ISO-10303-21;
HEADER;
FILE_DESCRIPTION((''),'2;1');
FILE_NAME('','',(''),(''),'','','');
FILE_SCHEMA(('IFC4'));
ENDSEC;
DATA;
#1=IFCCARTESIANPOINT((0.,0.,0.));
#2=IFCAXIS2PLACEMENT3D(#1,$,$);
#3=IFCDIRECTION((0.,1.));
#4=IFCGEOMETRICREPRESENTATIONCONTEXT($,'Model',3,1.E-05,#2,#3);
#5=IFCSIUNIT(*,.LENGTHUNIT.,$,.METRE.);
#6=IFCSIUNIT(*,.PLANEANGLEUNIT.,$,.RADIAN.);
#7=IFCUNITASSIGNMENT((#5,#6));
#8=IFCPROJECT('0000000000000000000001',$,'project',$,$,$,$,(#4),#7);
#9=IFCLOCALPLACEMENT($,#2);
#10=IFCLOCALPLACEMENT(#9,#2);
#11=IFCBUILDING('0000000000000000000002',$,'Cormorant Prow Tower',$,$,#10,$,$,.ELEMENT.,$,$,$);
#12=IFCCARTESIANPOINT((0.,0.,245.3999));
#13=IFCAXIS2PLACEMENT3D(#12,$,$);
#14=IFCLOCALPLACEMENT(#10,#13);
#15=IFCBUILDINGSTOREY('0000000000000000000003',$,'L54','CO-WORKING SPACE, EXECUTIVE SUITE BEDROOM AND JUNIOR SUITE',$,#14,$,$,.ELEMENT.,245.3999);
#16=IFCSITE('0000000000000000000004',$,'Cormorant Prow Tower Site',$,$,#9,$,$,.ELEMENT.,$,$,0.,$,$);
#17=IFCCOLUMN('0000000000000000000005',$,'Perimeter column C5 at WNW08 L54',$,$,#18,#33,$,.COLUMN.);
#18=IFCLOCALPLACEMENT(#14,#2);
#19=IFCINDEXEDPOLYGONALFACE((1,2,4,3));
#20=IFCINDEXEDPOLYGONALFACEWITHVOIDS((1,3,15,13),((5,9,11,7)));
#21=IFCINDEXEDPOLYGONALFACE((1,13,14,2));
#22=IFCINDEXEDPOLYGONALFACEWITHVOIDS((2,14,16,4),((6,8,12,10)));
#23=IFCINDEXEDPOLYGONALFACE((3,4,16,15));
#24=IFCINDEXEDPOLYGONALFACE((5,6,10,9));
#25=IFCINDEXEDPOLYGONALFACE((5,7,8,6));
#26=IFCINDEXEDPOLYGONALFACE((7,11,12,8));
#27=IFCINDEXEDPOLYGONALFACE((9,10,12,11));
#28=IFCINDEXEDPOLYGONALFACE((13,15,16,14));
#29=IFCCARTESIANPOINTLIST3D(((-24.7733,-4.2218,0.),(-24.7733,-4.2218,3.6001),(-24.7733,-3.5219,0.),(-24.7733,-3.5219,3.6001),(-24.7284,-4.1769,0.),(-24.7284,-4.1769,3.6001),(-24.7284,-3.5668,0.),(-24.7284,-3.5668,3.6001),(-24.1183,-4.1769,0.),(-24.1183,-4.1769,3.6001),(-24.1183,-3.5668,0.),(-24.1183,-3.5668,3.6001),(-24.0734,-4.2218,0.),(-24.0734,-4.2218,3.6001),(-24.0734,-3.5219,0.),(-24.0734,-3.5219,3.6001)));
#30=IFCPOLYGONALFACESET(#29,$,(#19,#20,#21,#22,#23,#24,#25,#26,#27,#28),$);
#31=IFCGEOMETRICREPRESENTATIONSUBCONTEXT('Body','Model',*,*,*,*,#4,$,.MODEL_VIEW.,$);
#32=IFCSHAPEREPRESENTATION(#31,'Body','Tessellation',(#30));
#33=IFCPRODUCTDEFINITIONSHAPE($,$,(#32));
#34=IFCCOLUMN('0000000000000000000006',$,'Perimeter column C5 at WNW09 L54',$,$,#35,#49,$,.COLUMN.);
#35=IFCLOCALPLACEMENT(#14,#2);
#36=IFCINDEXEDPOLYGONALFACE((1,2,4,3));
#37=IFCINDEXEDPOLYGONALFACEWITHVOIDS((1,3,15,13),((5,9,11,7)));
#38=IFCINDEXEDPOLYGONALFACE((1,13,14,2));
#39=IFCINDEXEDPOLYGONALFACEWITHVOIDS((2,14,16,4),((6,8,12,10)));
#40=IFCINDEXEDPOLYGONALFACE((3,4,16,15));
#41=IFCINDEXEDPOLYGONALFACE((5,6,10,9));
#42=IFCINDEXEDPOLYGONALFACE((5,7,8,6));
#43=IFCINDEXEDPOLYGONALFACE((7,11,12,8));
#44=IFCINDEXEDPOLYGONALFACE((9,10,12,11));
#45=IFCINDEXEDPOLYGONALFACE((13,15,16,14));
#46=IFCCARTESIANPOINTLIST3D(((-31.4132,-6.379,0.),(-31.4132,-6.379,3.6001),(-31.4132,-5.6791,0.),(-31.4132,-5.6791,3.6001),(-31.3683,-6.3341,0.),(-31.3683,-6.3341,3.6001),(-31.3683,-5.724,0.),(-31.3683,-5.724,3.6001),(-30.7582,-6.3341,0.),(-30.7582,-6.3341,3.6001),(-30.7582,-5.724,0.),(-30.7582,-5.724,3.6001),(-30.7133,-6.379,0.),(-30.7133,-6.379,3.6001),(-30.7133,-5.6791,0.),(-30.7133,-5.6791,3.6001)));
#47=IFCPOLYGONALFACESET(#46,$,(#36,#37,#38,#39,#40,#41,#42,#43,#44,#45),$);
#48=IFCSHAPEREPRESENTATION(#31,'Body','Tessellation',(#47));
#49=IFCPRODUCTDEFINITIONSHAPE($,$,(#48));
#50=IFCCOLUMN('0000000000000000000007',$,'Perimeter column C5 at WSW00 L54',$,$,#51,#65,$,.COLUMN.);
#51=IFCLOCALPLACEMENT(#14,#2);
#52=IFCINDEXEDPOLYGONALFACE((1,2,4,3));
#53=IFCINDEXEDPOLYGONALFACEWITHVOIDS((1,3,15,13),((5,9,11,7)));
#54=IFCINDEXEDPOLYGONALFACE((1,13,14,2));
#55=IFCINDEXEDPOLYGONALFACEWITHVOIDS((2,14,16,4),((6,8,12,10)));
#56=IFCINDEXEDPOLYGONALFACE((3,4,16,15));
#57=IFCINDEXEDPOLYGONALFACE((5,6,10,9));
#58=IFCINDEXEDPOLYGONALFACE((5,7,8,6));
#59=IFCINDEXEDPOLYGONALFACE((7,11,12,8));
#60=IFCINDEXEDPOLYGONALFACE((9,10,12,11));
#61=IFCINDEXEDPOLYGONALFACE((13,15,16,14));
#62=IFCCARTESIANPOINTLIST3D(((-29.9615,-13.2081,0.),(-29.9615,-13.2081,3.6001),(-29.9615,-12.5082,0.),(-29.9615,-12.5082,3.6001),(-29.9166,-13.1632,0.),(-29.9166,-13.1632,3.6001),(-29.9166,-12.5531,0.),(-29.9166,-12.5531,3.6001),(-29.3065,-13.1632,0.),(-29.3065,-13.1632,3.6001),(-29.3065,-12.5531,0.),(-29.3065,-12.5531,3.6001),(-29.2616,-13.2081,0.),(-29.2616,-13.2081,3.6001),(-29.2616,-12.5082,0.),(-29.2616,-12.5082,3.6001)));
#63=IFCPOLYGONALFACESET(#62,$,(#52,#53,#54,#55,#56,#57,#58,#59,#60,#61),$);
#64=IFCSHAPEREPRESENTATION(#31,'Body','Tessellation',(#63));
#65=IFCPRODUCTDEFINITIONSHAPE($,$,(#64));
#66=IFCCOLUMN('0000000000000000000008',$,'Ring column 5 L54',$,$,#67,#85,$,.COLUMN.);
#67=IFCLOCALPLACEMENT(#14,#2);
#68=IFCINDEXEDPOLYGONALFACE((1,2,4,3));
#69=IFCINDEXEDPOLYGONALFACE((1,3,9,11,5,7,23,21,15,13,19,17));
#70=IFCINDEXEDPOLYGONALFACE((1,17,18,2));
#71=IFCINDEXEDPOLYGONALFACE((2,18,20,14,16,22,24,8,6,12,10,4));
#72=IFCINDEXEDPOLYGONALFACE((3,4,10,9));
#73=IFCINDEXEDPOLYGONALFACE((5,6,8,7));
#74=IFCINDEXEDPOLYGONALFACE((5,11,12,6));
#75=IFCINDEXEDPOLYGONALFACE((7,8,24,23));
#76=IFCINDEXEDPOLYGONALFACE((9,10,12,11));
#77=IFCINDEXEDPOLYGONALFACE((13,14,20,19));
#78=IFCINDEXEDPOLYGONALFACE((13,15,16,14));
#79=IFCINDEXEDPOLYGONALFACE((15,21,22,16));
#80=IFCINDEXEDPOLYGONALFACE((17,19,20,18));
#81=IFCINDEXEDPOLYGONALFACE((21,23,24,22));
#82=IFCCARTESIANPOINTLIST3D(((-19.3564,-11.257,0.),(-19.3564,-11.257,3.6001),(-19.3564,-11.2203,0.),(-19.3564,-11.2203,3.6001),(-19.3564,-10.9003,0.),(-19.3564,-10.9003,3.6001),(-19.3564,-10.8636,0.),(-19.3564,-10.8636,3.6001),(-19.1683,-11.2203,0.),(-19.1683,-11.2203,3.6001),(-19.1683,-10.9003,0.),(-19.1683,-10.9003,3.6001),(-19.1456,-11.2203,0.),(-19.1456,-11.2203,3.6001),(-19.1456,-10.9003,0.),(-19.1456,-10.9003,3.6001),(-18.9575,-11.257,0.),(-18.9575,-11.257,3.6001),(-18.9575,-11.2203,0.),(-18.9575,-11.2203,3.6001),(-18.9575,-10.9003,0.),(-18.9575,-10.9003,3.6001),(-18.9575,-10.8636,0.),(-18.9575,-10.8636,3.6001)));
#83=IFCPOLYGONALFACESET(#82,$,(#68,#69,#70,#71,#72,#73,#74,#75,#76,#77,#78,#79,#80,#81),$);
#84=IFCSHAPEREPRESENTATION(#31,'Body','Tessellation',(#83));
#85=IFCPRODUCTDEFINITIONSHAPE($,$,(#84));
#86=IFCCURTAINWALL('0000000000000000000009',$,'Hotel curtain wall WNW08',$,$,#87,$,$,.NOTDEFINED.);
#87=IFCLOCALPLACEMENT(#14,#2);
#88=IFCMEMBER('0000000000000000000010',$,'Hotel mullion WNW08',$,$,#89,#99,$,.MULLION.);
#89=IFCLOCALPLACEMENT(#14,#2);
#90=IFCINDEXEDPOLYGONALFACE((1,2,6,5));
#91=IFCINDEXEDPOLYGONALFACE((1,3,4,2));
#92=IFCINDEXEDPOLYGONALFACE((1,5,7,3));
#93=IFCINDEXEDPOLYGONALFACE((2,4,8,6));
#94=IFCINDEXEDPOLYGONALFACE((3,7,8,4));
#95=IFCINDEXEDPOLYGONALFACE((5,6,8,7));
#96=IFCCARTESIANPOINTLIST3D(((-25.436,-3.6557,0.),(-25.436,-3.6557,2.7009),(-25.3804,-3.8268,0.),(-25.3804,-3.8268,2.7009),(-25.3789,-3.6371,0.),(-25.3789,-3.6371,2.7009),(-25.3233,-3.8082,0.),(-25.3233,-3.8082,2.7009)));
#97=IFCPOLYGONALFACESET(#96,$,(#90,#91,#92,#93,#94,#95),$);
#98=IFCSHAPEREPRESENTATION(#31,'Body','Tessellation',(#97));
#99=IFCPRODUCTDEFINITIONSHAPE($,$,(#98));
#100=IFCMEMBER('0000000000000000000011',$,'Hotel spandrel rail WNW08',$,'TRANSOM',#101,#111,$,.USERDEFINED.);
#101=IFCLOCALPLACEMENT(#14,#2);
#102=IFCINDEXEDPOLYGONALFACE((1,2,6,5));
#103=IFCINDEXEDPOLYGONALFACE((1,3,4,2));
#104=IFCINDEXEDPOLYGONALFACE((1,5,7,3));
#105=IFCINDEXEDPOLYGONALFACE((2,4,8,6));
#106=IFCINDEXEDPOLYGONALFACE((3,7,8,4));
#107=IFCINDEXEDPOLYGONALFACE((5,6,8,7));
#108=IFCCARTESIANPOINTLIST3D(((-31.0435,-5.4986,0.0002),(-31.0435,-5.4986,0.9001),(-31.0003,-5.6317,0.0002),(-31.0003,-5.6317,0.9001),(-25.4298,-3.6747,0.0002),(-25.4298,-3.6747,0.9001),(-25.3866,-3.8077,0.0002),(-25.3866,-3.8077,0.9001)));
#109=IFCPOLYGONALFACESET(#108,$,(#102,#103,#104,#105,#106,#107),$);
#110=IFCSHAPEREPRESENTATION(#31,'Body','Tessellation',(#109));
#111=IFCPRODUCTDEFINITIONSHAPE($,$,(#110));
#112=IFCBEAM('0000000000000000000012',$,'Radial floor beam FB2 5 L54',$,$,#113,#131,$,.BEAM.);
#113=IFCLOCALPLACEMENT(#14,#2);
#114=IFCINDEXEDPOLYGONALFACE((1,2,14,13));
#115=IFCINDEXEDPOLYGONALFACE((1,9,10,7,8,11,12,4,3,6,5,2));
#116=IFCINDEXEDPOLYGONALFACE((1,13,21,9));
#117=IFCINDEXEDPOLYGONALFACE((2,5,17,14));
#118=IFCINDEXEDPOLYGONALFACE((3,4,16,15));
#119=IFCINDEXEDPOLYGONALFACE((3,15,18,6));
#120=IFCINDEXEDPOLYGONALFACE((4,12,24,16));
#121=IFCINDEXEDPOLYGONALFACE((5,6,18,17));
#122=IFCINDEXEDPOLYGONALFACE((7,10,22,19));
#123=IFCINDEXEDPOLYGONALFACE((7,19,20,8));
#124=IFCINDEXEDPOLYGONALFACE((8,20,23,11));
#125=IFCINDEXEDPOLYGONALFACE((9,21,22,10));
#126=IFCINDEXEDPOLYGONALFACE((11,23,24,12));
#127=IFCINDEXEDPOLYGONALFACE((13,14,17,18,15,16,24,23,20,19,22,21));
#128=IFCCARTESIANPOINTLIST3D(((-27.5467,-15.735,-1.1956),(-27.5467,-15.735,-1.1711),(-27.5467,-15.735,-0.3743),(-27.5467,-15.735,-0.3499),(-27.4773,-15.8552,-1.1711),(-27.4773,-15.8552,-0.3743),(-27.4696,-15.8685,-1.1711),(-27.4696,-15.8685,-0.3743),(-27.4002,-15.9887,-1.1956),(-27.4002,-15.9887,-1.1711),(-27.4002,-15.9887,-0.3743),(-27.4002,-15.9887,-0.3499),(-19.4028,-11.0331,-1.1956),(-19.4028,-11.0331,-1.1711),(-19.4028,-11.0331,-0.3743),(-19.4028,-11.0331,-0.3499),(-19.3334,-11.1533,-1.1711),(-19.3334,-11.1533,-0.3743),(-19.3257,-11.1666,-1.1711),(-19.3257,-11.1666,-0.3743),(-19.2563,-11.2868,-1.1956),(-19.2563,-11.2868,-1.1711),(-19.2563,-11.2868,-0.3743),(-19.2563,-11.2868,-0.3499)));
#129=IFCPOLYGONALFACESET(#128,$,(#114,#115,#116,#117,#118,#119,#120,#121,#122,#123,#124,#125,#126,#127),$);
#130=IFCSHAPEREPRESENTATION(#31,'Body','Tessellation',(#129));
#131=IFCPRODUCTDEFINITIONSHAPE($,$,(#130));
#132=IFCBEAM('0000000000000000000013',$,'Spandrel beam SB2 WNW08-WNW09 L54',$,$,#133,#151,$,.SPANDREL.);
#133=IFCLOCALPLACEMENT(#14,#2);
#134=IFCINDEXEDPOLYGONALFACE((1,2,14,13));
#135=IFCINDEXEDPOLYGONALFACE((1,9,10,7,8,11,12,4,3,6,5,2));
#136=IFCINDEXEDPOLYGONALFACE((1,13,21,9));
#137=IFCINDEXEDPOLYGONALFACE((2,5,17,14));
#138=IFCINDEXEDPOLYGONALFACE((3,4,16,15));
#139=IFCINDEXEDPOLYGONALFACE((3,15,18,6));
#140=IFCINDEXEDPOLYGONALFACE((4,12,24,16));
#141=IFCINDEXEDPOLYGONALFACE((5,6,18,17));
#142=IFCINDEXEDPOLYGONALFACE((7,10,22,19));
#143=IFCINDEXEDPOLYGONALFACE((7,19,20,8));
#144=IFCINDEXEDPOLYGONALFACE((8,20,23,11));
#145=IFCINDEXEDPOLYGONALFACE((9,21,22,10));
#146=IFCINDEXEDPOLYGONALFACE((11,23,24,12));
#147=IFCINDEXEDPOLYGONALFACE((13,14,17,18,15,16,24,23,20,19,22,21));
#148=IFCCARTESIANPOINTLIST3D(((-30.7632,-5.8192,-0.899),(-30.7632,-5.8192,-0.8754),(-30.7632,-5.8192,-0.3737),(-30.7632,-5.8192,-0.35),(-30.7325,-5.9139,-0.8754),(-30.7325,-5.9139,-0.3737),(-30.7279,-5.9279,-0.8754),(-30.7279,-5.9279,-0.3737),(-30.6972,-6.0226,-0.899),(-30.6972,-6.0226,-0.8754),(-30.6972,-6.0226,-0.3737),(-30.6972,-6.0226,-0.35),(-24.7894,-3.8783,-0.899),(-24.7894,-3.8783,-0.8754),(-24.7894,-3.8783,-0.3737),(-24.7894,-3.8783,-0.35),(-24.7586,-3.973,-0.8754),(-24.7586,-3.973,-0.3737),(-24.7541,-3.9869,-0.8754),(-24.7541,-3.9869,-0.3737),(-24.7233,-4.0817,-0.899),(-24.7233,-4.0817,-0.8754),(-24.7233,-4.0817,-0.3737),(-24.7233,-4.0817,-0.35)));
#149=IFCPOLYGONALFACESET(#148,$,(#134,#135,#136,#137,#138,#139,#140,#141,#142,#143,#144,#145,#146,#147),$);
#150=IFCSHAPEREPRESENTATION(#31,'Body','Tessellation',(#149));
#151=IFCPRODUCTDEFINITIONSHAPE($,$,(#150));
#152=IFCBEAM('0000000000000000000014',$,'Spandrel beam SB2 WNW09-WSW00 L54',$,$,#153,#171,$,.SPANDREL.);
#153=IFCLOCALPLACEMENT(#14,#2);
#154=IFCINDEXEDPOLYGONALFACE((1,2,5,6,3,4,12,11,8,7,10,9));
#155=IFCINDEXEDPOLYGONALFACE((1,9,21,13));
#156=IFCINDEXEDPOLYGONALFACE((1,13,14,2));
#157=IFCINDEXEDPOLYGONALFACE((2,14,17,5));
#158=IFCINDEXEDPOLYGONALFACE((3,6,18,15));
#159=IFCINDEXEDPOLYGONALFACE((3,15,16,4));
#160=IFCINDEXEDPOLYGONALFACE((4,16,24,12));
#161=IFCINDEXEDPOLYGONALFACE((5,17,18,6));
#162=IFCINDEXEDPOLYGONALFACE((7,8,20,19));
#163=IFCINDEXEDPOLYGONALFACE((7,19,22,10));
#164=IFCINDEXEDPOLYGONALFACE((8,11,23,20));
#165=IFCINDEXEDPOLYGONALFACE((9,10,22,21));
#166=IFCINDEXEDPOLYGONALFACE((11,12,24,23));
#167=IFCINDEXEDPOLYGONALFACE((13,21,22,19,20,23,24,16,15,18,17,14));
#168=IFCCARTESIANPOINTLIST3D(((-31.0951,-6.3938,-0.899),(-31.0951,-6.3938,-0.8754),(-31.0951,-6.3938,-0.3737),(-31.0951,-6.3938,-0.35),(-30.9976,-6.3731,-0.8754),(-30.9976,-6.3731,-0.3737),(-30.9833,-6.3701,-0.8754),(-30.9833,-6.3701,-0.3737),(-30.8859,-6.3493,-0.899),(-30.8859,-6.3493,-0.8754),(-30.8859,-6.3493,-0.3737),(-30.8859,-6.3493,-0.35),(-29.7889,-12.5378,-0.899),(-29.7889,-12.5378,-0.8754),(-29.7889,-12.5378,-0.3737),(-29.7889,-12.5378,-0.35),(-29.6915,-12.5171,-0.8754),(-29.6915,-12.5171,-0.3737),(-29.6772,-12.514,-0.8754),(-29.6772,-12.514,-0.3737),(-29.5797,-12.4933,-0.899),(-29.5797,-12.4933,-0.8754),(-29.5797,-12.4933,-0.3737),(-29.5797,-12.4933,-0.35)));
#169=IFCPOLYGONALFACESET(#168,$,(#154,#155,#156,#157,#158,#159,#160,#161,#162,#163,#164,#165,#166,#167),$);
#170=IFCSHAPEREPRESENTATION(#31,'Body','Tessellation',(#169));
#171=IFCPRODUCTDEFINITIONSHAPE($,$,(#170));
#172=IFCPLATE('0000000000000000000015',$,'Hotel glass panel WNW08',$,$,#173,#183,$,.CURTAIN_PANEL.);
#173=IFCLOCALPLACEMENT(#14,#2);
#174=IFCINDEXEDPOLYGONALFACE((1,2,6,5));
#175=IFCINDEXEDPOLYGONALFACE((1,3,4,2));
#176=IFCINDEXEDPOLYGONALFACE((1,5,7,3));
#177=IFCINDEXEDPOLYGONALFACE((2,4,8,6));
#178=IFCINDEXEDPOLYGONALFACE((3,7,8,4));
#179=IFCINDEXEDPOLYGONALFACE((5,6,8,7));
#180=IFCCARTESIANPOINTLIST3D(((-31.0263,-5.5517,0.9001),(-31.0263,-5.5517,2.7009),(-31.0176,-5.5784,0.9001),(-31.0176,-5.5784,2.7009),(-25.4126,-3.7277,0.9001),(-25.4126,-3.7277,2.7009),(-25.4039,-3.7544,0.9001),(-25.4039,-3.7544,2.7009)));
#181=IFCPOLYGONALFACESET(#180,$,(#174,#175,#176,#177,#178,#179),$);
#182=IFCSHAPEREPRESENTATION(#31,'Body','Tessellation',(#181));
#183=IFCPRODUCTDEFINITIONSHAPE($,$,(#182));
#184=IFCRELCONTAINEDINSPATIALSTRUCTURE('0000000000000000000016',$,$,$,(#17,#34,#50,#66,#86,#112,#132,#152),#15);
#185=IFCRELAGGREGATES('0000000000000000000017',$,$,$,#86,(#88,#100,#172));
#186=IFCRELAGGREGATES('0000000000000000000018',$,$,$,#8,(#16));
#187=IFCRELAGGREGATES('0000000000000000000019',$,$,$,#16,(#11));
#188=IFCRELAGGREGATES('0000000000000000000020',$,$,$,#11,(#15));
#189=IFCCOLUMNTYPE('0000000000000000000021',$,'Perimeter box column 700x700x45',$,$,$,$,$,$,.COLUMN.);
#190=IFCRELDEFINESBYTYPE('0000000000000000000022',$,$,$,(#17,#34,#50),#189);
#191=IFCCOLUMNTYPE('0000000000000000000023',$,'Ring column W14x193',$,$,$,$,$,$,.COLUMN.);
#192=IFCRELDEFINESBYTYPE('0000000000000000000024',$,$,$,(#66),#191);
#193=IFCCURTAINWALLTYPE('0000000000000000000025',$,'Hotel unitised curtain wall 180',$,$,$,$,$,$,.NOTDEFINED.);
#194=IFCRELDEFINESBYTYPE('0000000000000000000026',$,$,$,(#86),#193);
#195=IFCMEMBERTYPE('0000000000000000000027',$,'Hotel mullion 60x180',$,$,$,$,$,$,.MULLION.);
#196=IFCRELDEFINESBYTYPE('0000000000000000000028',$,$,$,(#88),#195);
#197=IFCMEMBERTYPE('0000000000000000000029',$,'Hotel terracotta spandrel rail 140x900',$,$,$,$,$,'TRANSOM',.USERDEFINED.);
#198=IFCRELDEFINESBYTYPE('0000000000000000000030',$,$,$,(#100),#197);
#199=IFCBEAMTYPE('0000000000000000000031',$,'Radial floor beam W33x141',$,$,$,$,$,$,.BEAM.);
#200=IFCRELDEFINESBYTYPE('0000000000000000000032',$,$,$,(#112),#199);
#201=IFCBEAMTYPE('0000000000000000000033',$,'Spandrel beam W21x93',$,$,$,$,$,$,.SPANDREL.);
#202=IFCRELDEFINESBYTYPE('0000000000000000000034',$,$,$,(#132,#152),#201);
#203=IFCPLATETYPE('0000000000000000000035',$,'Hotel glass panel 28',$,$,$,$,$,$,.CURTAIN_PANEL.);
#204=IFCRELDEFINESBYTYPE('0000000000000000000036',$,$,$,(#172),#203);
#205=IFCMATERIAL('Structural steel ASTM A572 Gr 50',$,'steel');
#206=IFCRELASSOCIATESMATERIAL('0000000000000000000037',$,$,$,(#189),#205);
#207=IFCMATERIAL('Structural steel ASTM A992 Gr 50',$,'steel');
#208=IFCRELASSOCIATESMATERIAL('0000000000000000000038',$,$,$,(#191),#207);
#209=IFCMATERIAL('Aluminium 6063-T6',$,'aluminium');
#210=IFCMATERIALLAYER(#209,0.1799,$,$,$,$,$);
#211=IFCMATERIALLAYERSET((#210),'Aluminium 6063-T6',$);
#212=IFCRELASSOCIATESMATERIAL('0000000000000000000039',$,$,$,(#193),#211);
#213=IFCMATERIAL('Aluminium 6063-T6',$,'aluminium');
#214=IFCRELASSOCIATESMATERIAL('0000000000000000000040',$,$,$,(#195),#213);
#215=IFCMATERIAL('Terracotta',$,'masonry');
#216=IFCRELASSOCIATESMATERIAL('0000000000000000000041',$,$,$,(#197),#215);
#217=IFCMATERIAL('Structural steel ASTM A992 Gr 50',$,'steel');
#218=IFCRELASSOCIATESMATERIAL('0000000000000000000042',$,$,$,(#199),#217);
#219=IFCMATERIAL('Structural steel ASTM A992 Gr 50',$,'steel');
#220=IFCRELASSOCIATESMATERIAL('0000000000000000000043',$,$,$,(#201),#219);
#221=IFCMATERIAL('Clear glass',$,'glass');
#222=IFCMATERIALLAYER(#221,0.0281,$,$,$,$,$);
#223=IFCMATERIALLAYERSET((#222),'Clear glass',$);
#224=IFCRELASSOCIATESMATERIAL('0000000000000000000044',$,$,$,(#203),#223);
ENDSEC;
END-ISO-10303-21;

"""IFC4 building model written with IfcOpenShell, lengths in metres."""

from ifc_helpers import new_model, si_unit, direction, frame, origin, origin_2d, place, context, subcontext, project, spatial, rectangle, hollow_rectangle, i_section, extrude, material, layer, layer_set, material_profile, profile_set, type_object, element, aggregate, save


model = new_model("IFC4")

# Units and contexts
model_context = context("Model", 3, precision=1e-05, world=origin(), true_north=direction((0.0, 1.0)))
body_context = subcontext(model_context, "Body", "Model", "MODEL_VIEW")
ifc_project = project(units=[si_unit("LENGTHUNIT", "METRE"), si_unit("PLANEANGLEUNIT", "RADIAN")], contexts=[model_context])

# Site, building, storey
site_placement = place(None, origin())
site = spatial("IfcSite", under=ifc_project, at=site_placement, Name="Cormorant Prow Tower Site", CompositionType="ELEMENT", RefElevation=0.0)
building_placement = place(site_placement, origin())
building = spatial("IfcBuilding", under=site, at=building_placement, Name="Cormorant Prow Tower", CompositionType="ELEMENT")
storey_placement = place(building_placement, frame((0.0, 0.0, 245.3999)))
storey = spatial("IfcBuildingStorey", under=building, at=storey_placement, Name="L54", Description="CO-WORKING SPACE, EXECUTIVE SUITE BEDROOM AND JUNIOR SUITE", CompositionType="ELEMENT", Elevation=245.3999)

# Columns
ifc_material_1 = material(Name="Structural steel ASTM A572 Gr 50", Category="steel")
ifc_material_profile_1 = material_profile(ifc_material_1, hollow_rectangle(XDim=0.7, YDim=0.7, WallThickness=0.0449, at=origin_2d()), Name="Box 700x700x45")
ifc_profile_set_1 = profile_set([ifc_material_profile_1], Name="Structural steel ASTM A572 Gr 50")
column_type_1 = type_object("IfcColumnType", Name="Perimeter box column 700x700x45", PredefinedType="COLUMN", material=ifc_profile_set_1)
for number, where, z_axis, x_axis, name in (
    (1, (-24.4233, -3.8718, 0.0), (0.0, 0.0, 1.0), (1.0, 0.0, 0.0), "Perimeter column C5 at WNW08 L54"),
    (2, (-31.0632, -6.0291, 0.0), (0.0, 0.0, 1.0), (1.0, 0.0, 0.0), "Perimeter column C5 at WNW09 L54"),
    (3, (-29.6116, -12.8582, 0.0), (0.0, 0.0, 1.0), (1.0, 0.0, 0.0), "Perimeter column C5 at WSW00 L54"),
):
    element("IfcColumn", number, at=place(storey_placement, frame(where, z_axis=z_axis, x_axis=x_axis)), inside=storey, type_object=column_type_1, Name=name, PredefinedType="COLUMN", context=body_context, shape_type="SweptSolid", body=[
        extrude(hollow_rectangle(XDim=0.7, YDim=0.7, WallThickness=0.0449, at=origin_2d()), origin(), (0.0, 0.0, 1.0), 3.6001),
    ])
ifc_material_2 = material(Name="Structural steel ASTM A992 Gr 50", Category="steel")
ifc_material_profile_2 = material_profile(ifc_material_2, i_section(OverallWidth=0.3989, OverallDepth=0.3933, WebThickness=0.0227, FlangeThickness=0.0366, at=origin_2d()), Name="W14x193")
ifc_profile_set_2 = profile_set([ifc_material_profile_2], Name="Structural steel ASTM A992 Gr 50")
column_type_2 = type_object("IfcColumnType", Name="Ring column W14x193", PredefinedType="COLUMN", material=ifc_profile_set_2)
column_placement = place(storey_placement, frame((-19.157, -11.0603, 0.0), z_axis=(0.0, 0.0, 1.0), x_axis=(1.0, 0.0, 0.0)))
element("IfcColumn", 4, at=column_placement, inside=storey, type_object=column_type_2, Name="Ring column 5 L54", PredefinedType="COLUMN", context=body_context, shape_type="SweptSolid", body=[
    extrude(i_section(OverallWidth=0.3989, OverallDepth=0.3933, WebThickness=0.0227, FlangeThickness=0.0366, at=origin_2d()), origin(), (0.0, 0.0, 1.0), 3.6001),
])

# Curtain wall, members
ifc_material_3 = material(Name="Aluminium 6063-T6", Category="aluminium")
ifc_layer_1 = layer(ifc_material_3, 0.1799)
ifc_layer_set_1 = layer_set([ifc_layer_1], Name="Aluminium 6063-T6")
curtain_wall_type = type_object("IfcCurtainWallType", Name="Hotel unitised curtain wall 180", PredefinedType="NOTDEFINED", material=ifc_layer_set_1)
curtain_wall_placement = place(storey_placement, origin())
curtain_wall = element("IfcCurtainWall", 5, at=curtain_wall_placement, inside=storey, type_object=curtain_wall_type, Name="Hotel curtain wall WNW08", PredefinedType="NOTDEFINED")
ifc_material_4 = material(Name="Aluminium 6063-T6", Category="aluminium")
ifc_material_profile_3 = material_profile(ifc_material_4, rectangle(XDim=0.1799, YDim=0.0601, at=origin_2d()), Name="Hotel mullion 60x180")
ifc_profile_set_3 = profile_set([ifc_material_profile_3], Name="Aluminium 6063-T6")
member_type_1 = type_object("IfcMemberType", Name="Hotel mullion 60x180", PredefinedType="MULLION", material=ifc_profile_set_3)
member_1_placement = place(storey_placement, frame((-25.3796, -3.7319, 0.0), z_axis=(0.0, 0.0, 1.0), x_axis=(0.309017, -0.951057, 0.0)))
member_1 = element("IfcMember", 6, at=member_1_placement, type_object=member_type_1, Name="Hotel mullion WNW08", PredefinedType="MULLION", context=body_context, shape_type="SweptSolid", body=[
    extrude(rectangle(XDim=0.1799, YDim=0.0601, at=origin_2d()), origin(), (0.0, 0.0, 1.0), 2.7009),
])
ifc_material_5 = material(Name="Terracotta", Category="masonry")
ifc_material_profile_4 = material_profile(ifc_material_5, rectangle(XDim=0.1399, YDim=0.8999, at=origin_2d()), Name="Hotel terracotta spandrel rail 140x900")
ifc_profile_set_4 = profile_set([ifc_material_profile_4], Name="Terracotta")
member_type_2 = type_object("IfcMemberType", Name="Hotel terracotta spandrel rail 140x900", ElementType="TRANSOM", PredefinedType="USERDEFINED", material=ifc_profile_set_4)
member_2_placement = place(storey_placement, frame((-25.4082, -3.7412, 0.4502), z_axis=(-0.951059, -0.309009, 0.0), x_axis=(0.309009, -0.951059, 0.0)))
member_2 = element("IfcMember", 7, at=member_2_placement, type_object=member_type_2, Name="Hotel spandrel rail WNW08", ObjectType="TRANSOM", PredefinedType="USERDEFINED", context=body_context, shape_type="SweptSolid", body=[
    extrude(rectangle(XDim=0.1399, YDim=0.8999, at=origin_2d()), origin(), (0.0, 0.0, 1.0), 5.9026),
])

# Beams
ifc_material_6 = material(Name="Structural steel ASTM A992 Gr 50", Category="steel")
ifc_material_profile_5 = material_profile(ifc_material_6, i_section(OverallWidth=0.293, OverallDepth=0.8457, WebThickness=0.0154, FlangeThickness=0.0244, at=origin_2d()), Name="W33x141")
ifc_profile_set_5 = profile_set([ifc_material_profile_5], Name="Structural steel ASTM A992 Gr 50")
beam_type_1 = type_object("IfcBeamType", Name="Radial floor beam W33x141", PredefinedType="BEAM", material=ifc_profile_set_5)
beam_placement = place(storey_placement, frame((-19.3296, -11.1599, -0.7727), z_axis=(-0.866022, -0.500006, 0.0), x_axis=(0.500006, -0.866022, 0.0)))
element("IfcBeam", 8, at=beam_placement, inside=storey, type_object=beam_type_1, Name="Radial floor beam FB2 5 L54", PredefinedType="BEAM", context=body_context, shape_type="SweptSolid", body=[
    extrude(i_section(OverallWidth=0.293, OverallDepth=0.8457, WebThickness=0.0154, FlangeThickness=0.0244, at=origin_2d()), origin(), (0.0, 0.0, 1.0), 9.4038),
])
ifc_material_7 = material(Name="Structural steel ASTM A992 Gr 50", Category="steel")
ifc_material_profile_6 = material_profile(ifc_material_7, i_section(OverallWidth=0.2139, OverallDepth=0.5491, WebThickness=0.0146, FlangeThickness=0.0237, at=origin_2d()), Name="W21x93")
ifc_profile_set_6 = profile_set([ifc_material_profile_6], Name="Structural steel ASTM A992 Gr 50")
beam_type_2 = type_object("IfcBeamType", Name="Spandrel beam W21x93", PredefinedType="SPANDREL", material=ifc_profile_set_6)
for number, where, z_axis, x_axis, name in (
    (9, (-24.7563, -3.98, -0.6245), (-0.951062, -0.309001, 0.0), (0.309001, -0.951062, 0.0), "Spandrel beam SB2 WNW08-WNW09 L54"),
    (10, (-30.9905, -6.3716, -0.6245), (0.207941, -0.978141, 0.0), (0.978141, 0.207941, 0.0), "Spandrel beam SB2 WNW09-WSW00 L54"),
):
    element("IfcBeam", number, at=place(storey_placement, frame(where, z_axis=z_axis, x_axis=x_axis)), inside=storey, type_object=beam_type_2, Name=name, PredefinedType="SPANDREL", context=body_context, shape_type="SweptSolid", body=[
        extrude(i_section(OverallWidth=0.2139, OverallDepth=0.5491, WebThickness=0.0146, FlangeThickness=0.0237, at=origin_2d()), origin(), (0.0, 0.0, 1.0), 6.2812),
    ])

# Plate
ifc_material_8 = material(Name="Clear glass", Category="glass")
ifc_layer_2 = layer(ifc_material_8, 0.0281)
ifc_layer_set_2 = layer_set([ifc_layer_2], Name="Clear glass")
plate_type = type_object("IfcPlateType", Name="Hotel glass panel 28", PredefinedType="CURTAIN_PANEL", material=ifc_layer_set_2)
plate_placement = place(storey_placement, frame((-28.2151, -4.6531, 0.9001), z_axis=(0.0, 0.0, 1.0), x_axis=(-0.951057, -0.309017, 0.0)))
plate = element("IfcPlate", 11, at=plate_placement, type_object=plate_type, Name="Hotel glass panel WNW08", PredefinedType="CURTAIN_PANEL", context=body_context, shape_type="SweptSolid", body=[
    extrude(rectangle(XDim=5.9026, YDim=0.0281, at=origin_2d()), origin(), (0.0, 0.0, 1.0), 1.8008),
])
aggregate(curtain_wall, [member_1, member_2, plate])

save(model, "model.ifc")
